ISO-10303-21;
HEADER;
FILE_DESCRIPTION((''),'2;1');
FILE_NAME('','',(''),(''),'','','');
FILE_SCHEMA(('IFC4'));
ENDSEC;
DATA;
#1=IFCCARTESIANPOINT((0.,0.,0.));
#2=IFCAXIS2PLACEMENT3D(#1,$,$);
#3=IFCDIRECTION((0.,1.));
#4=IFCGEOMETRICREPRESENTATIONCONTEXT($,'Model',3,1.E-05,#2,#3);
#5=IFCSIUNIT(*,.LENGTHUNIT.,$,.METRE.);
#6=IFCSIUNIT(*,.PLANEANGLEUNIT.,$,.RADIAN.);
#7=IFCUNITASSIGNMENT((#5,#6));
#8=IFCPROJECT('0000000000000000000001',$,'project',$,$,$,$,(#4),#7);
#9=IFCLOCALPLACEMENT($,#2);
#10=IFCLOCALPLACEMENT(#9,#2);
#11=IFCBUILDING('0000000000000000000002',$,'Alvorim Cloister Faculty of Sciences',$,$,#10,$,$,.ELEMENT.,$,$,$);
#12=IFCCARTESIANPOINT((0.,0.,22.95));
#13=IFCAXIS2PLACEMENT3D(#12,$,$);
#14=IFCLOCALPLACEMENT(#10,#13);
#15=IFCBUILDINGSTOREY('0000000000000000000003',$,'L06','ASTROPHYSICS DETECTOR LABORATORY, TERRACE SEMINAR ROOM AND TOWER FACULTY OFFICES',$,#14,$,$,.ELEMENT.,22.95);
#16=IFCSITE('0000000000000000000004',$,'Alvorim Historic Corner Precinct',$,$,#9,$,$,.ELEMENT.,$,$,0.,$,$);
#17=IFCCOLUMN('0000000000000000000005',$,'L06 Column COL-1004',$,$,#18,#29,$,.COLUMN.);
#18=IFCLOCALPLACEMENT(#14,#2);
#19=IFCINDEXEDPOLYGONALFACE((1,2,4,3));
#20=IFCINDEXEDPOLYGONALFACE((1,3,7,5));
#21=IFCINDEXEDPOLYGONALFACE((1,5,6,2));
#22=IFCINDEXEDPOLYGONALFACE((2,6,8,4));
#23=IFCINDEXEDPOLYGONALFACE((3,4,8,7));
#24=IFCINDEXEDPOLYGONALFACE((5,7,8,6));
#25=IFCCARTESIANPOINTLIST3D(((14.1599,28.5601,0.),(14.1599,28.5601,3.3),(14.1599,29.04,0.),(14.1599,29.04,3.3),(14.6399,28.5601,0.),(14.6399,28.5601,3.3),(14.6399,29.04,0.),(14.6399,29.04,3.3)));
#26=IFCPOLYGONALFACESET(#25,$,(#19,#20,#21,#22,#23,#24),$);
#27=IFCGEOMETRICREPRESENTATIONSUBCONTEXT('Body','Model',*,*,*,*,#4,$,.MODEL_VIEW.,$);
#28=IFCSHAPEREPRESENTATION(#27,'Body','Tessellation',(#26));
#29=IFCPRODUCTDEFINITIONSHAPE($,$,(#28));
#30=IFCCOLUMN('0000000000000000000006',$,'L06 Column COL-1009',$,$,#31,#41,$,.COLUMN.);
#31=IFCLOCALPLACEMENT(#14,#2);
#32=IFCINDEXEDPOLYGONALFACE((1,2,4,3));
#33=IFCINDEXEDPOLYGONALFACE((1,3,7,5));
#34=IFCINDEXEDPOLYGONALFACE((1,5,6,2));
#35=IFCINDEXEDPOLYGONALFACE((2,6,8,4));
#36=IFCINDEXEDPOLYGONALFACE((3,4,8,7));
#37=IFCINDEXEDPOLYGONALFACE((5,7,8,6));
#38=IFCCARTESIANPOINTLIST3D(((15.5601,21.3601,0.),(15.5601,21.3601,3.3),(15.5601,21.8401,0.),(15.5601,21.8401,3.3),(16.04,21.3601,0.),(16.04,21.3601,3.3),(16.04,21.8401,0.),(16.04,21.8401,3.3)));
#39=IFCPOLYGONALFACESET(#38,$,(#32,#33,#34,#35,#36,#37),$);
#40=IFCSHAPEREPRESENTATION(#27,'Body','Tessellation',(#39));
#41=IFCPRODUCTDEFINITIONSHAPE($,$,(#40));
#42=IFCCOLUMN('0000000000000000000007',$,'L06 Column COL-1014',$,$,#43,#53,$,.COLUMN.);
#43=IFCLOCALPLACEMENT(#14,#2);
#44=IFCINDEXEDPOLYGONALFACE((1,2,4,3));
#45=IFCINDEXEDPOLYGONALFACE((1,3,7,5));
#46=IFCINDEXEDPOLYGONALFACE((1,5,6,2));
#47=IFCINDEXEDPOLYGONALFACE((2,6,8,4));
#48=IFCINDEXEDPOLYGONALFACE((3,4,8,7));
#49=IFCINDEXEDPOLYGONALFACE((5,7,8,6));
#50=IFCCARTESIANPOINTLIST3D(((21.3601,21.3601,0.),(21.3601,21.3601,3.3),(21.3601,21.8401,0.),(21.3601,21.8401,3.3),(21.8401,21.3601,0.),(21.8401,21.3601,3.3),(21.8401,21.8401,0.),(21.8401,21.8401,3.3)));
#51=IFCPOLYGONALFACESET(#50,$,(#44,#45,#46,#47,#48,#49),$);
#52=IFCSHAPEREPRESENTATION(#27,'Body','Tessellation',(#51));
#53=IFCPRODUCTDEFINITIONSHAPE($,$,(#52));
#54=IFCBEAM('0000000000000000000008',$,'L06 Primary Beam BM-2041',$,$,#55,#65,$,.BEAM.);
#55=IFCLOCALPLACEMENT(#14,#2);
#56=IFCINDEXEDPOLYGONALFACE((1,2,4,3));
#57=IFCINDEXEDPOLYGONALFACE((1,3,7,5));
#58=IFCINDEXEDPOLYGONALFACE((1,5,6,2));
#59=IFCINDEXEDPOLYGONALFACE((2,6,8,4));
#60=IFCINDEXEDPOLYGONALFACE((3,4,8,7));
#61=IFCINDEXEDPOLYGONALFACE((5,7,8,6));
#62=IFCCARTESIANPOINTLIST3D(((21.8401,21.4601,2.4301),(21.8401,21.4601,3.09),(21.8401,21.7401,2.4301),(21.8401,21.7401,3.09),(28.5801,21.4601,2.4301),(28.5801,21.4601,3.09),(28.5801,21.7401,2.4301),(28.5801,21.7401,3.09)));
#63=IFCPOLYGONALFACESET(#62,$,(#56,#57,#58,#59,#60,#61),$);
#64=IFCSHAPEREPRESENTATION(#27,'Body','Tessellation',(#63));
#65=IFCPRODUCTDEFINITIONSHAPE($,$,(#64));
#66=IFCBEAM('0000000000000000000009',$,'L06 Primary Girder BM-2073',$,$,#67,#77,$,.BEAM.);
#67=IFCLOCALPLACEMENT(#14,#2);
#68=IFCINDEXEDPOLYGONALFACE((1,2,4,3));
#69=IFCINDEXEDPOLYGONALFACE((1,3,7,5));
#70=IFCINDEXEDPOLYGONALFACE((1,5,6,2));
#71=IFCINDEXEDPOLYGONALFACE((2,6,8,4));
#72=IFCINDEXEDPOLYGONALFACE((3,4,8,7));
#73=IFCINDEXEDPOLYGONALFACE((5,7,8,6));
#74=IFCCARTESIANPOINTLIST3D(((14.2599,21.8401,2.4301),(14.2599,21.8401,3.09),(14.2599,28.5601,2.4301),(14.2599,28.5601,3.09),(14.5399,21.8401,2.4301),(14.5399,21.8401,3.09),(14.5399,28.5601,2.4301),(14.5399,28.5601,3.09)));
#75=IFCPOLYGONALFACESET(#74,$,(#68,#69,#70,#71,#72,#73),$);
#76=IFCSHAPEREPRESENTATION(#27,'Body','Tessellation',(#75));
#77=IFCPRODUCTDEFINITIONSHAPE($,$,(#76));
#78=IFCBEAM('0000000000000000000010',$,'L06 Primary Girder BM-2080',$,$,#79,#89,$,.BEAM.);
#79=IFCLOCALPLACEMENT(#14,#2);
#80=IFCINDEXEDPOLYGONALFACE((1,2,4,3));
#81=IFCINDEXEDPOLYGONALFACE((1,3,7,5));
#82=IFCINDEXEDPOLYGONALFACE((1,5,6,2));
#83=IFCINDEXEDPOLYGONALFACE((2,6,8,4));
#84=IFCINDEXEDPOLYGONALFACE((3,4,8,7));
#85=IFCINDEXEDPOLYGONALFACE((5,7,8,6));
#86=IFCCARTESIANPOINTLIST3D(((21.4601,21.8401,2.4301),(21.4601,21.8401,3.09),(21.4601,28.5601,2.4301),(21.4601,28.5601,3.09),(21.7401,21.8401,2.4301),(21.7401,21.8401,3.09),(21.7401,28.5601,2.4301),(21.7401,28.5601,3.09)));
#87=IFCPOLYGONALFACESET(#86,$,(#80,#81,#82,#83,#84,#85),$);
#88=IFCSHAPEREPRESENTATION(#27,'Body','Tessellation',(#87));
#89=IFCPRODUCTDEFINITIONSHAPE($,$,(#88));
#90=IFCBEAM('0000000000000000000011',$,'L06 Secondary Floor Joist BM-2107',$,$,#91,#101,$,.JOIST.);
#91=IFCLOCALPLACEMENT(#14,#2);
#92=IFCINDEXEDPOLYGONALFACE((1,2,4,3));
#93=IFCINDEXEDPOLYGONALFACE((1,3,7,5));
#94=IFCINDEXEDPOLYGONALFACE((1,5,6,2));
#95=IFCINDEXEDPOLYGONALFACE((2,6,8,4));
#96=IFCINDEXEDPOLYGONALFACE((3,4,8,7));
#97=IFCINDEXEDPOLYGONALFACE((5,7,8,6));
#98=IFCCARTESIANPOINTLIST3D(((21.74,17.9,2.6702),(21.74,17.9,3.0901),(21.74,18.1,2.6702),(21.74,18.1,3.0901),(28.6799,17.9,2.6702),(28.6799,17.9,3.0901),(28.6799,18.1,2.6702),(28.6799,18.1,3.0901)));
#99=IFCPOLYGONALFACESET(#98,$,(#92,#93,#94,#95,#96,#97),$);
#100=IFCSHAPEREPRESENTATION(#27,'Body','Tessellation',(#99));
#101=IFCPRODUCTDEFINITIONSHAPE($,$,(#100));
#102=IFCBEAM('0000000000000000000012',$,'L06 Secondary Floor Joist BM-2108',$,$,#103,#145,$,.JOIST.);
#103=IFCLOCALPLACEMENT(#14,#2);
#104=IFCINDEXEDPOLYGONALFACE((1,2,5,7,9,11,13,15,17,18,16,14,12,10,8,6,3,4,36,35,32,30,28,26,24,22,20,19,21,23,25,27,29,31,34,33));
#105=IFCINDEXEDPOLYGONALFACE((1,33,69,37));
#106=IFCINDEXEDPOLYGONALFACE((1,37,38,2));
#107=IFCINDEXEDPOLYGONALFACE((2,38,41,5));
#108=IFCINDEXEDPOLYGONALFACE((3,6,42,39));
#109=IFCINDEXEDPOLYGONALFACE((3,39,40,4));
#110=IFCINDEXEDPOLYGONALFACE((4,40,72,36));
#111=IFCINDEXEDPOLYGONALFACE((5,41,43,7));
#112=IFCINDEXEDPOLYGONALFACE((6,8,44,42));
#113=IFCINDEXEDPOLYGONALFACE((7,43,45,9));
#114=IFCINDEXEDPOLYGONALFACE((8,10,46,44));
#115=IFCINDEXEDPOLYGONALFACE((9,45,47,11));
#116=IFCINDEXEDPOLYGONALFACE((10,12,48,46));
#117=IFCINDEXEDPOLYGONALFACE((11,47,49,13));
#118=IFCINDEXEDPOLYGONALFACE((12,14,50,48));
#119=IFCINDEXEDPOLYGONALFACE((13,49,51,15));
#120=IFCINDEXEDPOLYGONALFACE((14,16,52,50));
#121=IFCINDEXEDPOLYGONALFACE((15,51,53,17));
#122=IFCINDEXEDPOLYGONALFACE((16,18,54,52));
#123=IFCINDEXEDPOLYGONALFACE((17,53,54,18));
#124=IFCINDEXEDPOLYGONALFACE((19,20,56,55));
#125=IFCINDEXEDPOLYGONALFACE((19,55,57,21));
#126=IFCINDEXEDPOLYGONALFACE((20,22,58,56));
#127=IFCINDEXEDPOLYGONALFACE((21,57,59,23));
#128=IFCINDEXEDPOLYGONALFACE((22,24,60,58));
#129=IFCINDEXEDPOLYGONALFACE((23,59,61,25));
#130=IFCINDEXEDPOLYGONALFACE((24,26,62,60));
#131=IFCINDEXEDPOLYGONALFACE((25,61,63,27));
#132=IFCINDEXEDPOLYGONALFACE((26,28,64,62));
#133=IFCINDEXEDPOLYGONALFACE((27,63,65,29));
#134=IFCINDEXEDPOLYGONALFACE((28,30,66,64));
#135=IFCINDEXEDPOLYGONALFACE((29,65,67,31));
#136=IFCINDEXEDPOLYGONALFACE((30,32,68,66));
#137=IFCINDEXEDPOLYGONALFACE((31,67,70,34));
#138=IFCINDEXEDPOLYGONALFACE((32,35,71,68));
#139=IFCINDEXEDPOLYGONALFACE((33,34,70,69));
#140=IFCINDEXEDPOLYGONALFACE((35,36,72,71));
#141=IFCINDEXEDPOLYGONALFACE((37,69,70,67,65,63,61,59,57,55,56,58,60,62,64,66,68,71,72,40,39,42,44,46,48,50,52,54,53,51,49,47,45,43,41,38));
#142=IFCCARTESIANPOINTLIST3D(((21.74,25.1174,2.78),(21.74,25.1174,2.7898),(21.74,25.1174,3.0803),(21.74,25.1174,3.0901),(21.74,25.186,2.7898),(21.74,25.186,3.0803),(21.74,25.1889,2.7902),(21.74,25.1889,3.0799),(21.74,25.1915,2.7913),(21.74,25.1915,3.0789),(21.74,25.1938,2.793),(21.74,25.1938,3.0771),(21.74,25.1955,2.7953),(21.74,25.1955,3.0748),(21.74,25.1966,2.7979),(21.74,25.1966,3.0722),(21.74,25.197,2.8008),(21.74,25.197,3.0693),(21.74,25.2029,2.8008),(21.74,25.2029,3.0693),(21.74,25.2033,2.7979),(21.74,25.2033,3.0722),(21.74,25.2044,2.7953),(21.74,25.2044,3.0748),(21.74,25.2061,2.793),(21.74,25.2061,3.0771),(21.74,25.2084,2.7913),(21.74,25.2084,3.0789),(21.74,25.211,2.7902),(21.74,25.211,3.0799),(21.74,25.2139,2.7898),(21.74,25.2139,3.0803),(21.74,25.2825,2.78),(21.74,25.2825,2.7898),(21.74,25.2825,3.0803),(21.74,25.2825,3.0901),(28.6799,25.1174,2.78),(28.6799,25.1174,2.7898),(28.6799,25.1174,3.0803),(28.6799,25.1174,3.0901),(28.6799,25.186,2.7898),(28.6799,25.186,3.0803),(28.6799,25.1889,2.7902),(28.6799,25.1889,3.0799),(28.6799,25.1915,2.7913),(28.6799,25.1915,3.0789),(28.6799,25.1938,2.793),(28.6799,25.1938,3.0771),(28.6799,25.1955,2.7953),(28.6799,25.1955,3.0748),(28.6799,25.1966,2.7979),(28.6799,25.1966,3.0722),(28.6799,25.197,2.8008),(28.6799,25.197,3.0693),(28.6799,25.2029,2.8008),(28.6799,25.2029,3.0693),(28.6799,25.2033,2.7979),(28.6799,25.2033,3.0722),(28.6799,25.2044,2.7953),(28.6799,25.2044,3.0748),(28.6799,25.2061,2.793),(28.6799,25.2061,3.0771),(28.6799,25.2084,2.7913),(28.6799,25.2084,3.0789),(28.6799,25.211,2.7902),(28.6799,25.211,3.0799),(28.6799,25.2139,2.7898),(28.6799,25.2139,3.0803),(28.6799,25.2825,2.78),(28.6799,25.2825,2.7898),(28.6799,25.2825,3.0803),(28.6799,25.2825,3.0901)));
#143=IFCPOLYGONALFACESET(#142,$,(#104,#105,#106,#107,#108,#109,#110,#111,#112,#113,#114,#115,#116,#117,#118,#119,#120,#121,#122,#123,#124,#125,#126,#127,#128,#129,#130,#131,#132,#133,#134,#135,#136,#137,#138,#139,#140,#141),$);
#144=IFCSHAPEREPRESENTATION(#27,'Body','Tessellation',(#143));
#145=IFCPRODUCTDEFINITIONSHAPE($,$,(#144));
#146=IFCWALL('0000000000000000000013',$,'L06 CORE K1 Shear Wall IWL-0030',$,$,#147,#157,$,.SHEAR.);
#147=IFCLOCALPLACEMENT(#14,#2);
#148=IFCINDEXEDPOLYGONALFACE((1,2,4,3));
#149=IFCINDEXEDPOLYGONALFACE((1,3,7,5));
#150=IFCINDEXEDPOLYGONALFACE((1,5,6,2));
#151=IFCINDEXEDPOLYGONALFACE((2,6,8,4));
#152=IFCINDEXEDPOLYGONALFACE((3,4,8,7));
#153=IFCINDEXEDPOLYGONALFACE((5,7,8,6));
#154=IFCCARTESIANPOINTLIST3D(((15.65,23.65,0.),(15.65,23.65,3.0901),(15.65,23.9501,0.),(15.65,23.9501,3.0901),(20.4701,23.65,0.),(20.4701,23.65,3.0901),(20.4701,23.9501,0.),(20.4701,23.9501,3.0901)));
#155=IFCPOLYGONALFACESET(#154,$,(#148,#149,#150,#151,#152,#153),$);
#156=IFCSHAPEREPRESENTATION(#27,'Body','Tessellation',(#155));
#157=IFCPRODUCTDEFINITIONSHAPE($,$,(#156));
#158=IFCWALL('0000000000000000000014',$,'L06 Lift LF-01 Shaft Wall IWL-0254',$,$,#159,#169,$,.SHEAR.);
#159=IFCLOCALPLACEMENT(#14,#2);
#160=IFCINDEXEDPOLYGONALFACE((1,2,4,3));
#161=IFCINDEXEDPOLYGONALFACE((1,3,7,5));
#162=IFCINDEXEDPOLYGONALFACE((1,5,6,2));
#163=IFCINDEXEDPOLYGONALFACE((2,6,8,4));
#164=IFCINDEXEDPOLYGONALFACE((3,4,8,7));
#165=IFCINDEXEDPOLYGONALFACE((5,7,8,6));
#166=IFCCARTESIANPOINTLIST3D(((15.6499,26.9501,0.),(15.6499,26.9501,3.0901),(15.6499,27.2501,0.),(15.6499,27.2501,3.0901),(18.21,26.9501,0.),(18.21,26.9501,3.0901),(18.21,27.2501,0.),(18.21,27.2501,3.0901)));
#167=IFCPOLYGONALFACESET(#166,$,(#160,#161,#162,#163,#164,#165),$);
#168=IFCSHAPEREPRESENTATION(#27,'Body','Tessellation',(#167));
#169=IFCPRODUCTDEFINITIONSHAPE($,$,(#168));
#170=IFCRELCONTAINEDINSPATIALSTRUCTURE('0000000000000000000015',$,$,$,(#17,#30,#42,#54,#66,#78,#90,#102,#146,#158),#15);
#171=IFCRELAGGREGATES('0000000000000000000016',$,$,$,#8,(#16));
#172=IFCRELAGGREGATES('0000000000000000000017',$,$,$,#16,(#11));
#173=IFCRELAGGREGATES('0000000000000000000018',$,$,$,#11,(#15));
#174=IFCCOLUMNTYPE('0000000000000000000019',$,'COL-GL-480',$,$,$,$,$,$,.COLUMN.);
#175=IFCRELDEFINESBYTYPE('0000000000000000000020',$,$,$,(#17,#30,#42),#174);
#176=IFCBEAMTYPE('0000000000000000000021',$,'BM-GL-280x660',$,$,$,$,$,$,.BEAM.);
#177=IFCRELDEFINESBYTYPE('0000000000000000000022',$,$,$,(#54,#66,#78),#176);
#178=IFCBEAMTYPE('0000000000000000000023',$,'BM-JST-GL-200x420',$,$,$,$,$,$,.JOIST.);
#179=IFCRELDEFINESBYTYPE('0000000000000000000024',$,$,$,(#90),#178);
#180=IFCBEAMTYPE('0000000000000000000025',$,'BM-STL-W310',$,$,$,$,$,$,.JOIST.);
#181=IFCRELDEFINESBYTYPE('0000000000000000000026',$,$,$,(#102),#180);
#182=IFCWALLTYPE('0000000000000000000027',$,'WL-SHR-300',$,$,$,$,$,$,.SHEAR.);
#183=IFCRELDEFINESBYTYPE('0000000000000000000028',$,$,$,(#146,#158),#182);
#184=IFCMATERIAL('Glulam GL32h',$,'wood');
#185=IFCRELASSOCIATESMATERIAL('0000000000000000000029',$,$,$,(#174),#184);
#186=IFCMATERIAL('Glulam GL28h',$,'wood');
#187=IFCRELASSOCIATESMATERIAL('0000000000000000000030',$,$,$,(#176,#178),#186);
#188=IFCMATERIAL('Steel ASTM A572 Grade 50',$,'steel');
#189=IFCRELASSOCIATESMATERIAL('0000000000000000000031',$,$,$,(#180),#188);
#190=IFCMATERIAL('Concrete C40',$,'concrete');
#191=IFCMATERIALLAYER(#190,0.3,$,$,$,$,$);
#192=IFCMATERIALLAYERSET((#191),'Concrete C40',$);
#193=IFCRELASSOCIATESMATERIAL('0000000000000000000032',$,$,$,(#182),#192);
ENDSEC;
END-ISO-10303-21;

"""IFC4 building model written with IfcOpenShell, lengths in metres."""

from ifc_helpers import new_model, si_unit, direction, frame, frame_2d, origin, origin_2d, place, context, subcontext, project, spatial, rectangle, i_section, extrude, material, layer, layer_set, material_profile, profile_set, type_object, element, save


model = new_model("IFC4")

# Units and contexts
model_context = context("Model", 3, precision=1e-05, world=origin(), true_north=direction((0.0, 1.0)))
body_context = subcontext(model_context, "Body", "Model", "MODEL_VIEW")
ifc_project = project(units=[si_unit("LENGTHUNIT", "METRE"), si_unit("PLANEANGLEUNIT", "RADIAN")], contexts=[model_context])

# Site, building, storey
site_placement = place(None, origin())
site = spatial("IfcSite", under=ifc_project, at=site_placement, Name="Alvorim Historic Corner Precinct", CompositionType="ELEMENT", RefElevation=0.0)
building_placement = place(site_placement, origin())
building = spatial("IfcBuilding", under=site, at=building_placement, Name="Alvorim Cloister Faculty of Sciences", CompositionType="ELEMENT")
storey_placement = place(building_placement, frame((0.0, 0.0, 22.95)))
storey = spatial("IfcBuildingStorey", under=building, at=storey_placement, Name="L06", Description="ASTROPHYSICS DETECTOR LABORATORY, TERRACE SEMINAR ROOM AND TOWER FACULTY OFFICES", CompositionType="ELEMENT", Elevation=22.95)

# Columns
ifc_material_1 = material(Name="Glulam GL32h", Category="wood")
ifc_material_profile_1 = material_profile(ifc_material_1, rectangle(XDim=0.48, YDim=0.48, at=origin_2d()), Name="GL32-COL-480x480")
ifc_profile_set_1 = profile_set([ifc_material_profile_1], Name="Glulam GL32h")
column_type = type_object("IfcColumnType", Name="COL-GL-480", PredefinedType="COLUMN", material=ifc_profile_set_1)
for number, where, z_axis, x_axis, name in (
    (1, (14.3999, 28.8, 0.0), (0.0, 0.0, 1.0), (1.0, 0.0, 0.0), "L06 Column COL-1004"),
    (2, (15.8, 21.6001, 0.0), (0.0, 0.0, 1.0), (1.0, 0.0, 0.0), "L06 Column COL-1009"),
    (3, (21.6001, 21.6001, 0.0), (0.0, 0.0, 1.0), (1.0, 0.0, 0.0), "L06 Column COL-1014"),
):
    element("IfcColumn", number, at=place(storey_placement, frame(where, z_axis=z_axis, x_axis=x_axis)), inside=storey, type_object=column_type, Name=name, PredefinedType="COLUMN", context=body_context, shape_type="SweptSolid", body=[
        extrude(rectangle(XDim=0.48, YDim=0.48, at=origin_2d()), origin(), (0.0, 0.0, 1.0), 3.3),
    ])

# Beams
ifc_material_2 = material(Name="Glulam GL28h", Category="wood")
ifc_material_profile_2 = material_profile(ifc_material_2, rectangle(XDim=0.28, YDim=0.6599, at=origin_2d()), Name="GL28-BM-280x660")
ifc_profile_set_2 = profile_set([ifc_material_profile_2], Name="Glulam GL28h")
beam_type_1 = type_object("IfcBeamType", Name="BM-GL-280x660", PredefinedType="BEAM", material=ifc_profile_set_2)
beam_1_placement = place(storey_placement, frame((21.8401, 21.6001, 2.76), z_axis=(1.0, 0.0, 0.0), x_axis=(0.0, 1.0, 0.0)))
element("IfcBeam", 4, at=beam_1_placement, inside=storey, type_object=beam_type_1, Name="L06 Primary Beam BM-2041", PredefinedType="BEAM", context=body_context, shape_type="SweptSolid", body=[
    extrude(rectangle(XDim=0.28, YDim=0.6599, at=origin_2d()), origin(), (0.0, 0.0, 1.0), 6.74),
])
for number, where, z_axis, x_axis, name in (
    (5, (14.3999, 21.8401, 2.76), (0.0, 1.0, 0.0), (-1.0, 0.0, 0.0), "L06 Primary Girder BM-2073"),
    (6, (21.6001, 21.8401, 2.76), (0.0, 1.0, 0.0), (-1.0, 0.0, 0.0), "L06 Primary Girder BM-2080"),
):
    element("IfcBeam", number, at=place(storey_placement, frame(where, z_axis=z_axis, x_axis=x_axis)), inside=storey, type_object=beam_type_1, Name=name, PredefinedType="BEAM", context=body_context, shape_type="SweptSolid", body=[
        extrude(rectangle(XDim=0.28, YDim=0.6599, at=origin_2d()), origin(), (0.0, 0.0, 1.0), 6.72),
    ])
ifc_material_profile_3 = material_profile(ifc_material_2, rectangle(XDim=0.2, YDim=0.4199, at=origin_2d()), Name="GL28-JST-200x420")
ifc_profile_set_3 = profile_set([ifc_material_profile_3], Name="Glulam GL28h")
beam_type_2 = type_object("IfcBeamType", Name="BM-JST-GL-200x420", PredefinedType="JOIST", material=ifc_profile_set_3)
beam_2_placement = place(storey_placement, frame((21.74, 18.0, 2.8801), z_axis=(1.0, 0.0, 0.0), x_axis=(0.0, 1.0, 0.0)))
element("IfcBeam", 7, at=beam_2_placement, inside=storey, type_object=beam_type_2, Name="L06 Secondary Floor Joist BM-2107", PredefinedType="JOIST", context=body_context, shape_type="SweptSolid", body=[
    extrude(rectangle(XDim=0.2, YDim=0.4199, at=origin_2d()), origin(), (0.0, 0.0, 1.0), 6.9399),
])
ifc_material_3 = material(Name="Steel ASTM A572 Grade 50", Category="steel")
ifc_material_profile_4 = material_profile(ifc_material_3, i_section(OverallWidth=0.165, OverallDepth=0.3101, WebThickness=0.0059, FlangeThickness=0.0098, FilletRadius=0.011, at=origin_2d()), Name="W310x38.7")
ifc_profile_set_4 = profile_set([ifc_material_profile_4], Name="Steel ASTM A572 Grade 50")
beam_type_3 = type_object("IfcBeamType", Name="BM-STL-W310", PredefinedType="JOIST", material=ifc_profile_set_4)
beam_3_placement = place(storey_placement, frame((21.74, 25.2, 2.9351), z_axis=(1.0, 0.0, 0.0), x_axis=(0.0, 1.0, 0.0)))
element("IfcBeam", 8, at=beam_3_placement, inside=storey, type_object=beam_type_3, Name="L06 Secondary Floor Joist BM-2108", PredefinedType="JOIST", context=body_context, shape_type="SweptSolid", body=[
    extrude(i_section(OverallWidth=0.165, OverallDepth=0.3101, WebThickness=0.0059, FlangeThickness=0.0098, FilletRadius=0.011, at=origin_2d()), origin(), (0.0, 0.0, 1.0), 6.9399),
])

# Walls
ifc_material_4 = material(Name="Concrete C40", Category="concrete")
ifc_layer = layer(ifc_material_4, 0.3)
ifc_layer_set = layer_set([ifc_layer], Name="Concrete C40")
wall_type = type_object("IfcWallType", Name="WL-SHR-300", PredefinedType="SHEAR", material=ifc_layer_set)
wall_1_placement = place(storey_placement, frame((15.6499, 23.8, 0.0), z_axis=(0.0, 0.0, 1.0), x_axis=(1.0, 0.0, 0.0)))
element("IfcWall", 9, at=wall_1_placement, inside=storey, type_object=wall_type, Name="L06 CORE K1 Shear Wall IWL-0030", PredefinedType="SHEAR", context=body_context, shape_type="SweptSolid", body=[
    extrude(rectangle(XDim=4.8201, YDim=0.3, at=frame_2d((2.4102, 0.0))), origin(), (0.0, 0.0, 1.0), 3.0901),
])
wall_2_placement = place(storey_placement, frame((15.6499, 27.1001, 0.0), z_axis=(0.0, 0.0, 1.0), x_axis=(1.0, 0.0, 0.0)))
element("IfcWall", 10, at=wall_2_placement, inside=storey, type_object=wall_type, Name="L06 Lift LF-01 Shaft Wall IWL-0254", PredefinedType="SHEAR", context=body_context, shape_type="SweptSolid", body=[
    extrude(rectangle(XDim=2.5601, YDim=0.3, at=frame_2d((1.28, 0.0))), origin(), (0.0, 0.0, 1.0), 3.0901),
])

save(model, "model.ifc")
